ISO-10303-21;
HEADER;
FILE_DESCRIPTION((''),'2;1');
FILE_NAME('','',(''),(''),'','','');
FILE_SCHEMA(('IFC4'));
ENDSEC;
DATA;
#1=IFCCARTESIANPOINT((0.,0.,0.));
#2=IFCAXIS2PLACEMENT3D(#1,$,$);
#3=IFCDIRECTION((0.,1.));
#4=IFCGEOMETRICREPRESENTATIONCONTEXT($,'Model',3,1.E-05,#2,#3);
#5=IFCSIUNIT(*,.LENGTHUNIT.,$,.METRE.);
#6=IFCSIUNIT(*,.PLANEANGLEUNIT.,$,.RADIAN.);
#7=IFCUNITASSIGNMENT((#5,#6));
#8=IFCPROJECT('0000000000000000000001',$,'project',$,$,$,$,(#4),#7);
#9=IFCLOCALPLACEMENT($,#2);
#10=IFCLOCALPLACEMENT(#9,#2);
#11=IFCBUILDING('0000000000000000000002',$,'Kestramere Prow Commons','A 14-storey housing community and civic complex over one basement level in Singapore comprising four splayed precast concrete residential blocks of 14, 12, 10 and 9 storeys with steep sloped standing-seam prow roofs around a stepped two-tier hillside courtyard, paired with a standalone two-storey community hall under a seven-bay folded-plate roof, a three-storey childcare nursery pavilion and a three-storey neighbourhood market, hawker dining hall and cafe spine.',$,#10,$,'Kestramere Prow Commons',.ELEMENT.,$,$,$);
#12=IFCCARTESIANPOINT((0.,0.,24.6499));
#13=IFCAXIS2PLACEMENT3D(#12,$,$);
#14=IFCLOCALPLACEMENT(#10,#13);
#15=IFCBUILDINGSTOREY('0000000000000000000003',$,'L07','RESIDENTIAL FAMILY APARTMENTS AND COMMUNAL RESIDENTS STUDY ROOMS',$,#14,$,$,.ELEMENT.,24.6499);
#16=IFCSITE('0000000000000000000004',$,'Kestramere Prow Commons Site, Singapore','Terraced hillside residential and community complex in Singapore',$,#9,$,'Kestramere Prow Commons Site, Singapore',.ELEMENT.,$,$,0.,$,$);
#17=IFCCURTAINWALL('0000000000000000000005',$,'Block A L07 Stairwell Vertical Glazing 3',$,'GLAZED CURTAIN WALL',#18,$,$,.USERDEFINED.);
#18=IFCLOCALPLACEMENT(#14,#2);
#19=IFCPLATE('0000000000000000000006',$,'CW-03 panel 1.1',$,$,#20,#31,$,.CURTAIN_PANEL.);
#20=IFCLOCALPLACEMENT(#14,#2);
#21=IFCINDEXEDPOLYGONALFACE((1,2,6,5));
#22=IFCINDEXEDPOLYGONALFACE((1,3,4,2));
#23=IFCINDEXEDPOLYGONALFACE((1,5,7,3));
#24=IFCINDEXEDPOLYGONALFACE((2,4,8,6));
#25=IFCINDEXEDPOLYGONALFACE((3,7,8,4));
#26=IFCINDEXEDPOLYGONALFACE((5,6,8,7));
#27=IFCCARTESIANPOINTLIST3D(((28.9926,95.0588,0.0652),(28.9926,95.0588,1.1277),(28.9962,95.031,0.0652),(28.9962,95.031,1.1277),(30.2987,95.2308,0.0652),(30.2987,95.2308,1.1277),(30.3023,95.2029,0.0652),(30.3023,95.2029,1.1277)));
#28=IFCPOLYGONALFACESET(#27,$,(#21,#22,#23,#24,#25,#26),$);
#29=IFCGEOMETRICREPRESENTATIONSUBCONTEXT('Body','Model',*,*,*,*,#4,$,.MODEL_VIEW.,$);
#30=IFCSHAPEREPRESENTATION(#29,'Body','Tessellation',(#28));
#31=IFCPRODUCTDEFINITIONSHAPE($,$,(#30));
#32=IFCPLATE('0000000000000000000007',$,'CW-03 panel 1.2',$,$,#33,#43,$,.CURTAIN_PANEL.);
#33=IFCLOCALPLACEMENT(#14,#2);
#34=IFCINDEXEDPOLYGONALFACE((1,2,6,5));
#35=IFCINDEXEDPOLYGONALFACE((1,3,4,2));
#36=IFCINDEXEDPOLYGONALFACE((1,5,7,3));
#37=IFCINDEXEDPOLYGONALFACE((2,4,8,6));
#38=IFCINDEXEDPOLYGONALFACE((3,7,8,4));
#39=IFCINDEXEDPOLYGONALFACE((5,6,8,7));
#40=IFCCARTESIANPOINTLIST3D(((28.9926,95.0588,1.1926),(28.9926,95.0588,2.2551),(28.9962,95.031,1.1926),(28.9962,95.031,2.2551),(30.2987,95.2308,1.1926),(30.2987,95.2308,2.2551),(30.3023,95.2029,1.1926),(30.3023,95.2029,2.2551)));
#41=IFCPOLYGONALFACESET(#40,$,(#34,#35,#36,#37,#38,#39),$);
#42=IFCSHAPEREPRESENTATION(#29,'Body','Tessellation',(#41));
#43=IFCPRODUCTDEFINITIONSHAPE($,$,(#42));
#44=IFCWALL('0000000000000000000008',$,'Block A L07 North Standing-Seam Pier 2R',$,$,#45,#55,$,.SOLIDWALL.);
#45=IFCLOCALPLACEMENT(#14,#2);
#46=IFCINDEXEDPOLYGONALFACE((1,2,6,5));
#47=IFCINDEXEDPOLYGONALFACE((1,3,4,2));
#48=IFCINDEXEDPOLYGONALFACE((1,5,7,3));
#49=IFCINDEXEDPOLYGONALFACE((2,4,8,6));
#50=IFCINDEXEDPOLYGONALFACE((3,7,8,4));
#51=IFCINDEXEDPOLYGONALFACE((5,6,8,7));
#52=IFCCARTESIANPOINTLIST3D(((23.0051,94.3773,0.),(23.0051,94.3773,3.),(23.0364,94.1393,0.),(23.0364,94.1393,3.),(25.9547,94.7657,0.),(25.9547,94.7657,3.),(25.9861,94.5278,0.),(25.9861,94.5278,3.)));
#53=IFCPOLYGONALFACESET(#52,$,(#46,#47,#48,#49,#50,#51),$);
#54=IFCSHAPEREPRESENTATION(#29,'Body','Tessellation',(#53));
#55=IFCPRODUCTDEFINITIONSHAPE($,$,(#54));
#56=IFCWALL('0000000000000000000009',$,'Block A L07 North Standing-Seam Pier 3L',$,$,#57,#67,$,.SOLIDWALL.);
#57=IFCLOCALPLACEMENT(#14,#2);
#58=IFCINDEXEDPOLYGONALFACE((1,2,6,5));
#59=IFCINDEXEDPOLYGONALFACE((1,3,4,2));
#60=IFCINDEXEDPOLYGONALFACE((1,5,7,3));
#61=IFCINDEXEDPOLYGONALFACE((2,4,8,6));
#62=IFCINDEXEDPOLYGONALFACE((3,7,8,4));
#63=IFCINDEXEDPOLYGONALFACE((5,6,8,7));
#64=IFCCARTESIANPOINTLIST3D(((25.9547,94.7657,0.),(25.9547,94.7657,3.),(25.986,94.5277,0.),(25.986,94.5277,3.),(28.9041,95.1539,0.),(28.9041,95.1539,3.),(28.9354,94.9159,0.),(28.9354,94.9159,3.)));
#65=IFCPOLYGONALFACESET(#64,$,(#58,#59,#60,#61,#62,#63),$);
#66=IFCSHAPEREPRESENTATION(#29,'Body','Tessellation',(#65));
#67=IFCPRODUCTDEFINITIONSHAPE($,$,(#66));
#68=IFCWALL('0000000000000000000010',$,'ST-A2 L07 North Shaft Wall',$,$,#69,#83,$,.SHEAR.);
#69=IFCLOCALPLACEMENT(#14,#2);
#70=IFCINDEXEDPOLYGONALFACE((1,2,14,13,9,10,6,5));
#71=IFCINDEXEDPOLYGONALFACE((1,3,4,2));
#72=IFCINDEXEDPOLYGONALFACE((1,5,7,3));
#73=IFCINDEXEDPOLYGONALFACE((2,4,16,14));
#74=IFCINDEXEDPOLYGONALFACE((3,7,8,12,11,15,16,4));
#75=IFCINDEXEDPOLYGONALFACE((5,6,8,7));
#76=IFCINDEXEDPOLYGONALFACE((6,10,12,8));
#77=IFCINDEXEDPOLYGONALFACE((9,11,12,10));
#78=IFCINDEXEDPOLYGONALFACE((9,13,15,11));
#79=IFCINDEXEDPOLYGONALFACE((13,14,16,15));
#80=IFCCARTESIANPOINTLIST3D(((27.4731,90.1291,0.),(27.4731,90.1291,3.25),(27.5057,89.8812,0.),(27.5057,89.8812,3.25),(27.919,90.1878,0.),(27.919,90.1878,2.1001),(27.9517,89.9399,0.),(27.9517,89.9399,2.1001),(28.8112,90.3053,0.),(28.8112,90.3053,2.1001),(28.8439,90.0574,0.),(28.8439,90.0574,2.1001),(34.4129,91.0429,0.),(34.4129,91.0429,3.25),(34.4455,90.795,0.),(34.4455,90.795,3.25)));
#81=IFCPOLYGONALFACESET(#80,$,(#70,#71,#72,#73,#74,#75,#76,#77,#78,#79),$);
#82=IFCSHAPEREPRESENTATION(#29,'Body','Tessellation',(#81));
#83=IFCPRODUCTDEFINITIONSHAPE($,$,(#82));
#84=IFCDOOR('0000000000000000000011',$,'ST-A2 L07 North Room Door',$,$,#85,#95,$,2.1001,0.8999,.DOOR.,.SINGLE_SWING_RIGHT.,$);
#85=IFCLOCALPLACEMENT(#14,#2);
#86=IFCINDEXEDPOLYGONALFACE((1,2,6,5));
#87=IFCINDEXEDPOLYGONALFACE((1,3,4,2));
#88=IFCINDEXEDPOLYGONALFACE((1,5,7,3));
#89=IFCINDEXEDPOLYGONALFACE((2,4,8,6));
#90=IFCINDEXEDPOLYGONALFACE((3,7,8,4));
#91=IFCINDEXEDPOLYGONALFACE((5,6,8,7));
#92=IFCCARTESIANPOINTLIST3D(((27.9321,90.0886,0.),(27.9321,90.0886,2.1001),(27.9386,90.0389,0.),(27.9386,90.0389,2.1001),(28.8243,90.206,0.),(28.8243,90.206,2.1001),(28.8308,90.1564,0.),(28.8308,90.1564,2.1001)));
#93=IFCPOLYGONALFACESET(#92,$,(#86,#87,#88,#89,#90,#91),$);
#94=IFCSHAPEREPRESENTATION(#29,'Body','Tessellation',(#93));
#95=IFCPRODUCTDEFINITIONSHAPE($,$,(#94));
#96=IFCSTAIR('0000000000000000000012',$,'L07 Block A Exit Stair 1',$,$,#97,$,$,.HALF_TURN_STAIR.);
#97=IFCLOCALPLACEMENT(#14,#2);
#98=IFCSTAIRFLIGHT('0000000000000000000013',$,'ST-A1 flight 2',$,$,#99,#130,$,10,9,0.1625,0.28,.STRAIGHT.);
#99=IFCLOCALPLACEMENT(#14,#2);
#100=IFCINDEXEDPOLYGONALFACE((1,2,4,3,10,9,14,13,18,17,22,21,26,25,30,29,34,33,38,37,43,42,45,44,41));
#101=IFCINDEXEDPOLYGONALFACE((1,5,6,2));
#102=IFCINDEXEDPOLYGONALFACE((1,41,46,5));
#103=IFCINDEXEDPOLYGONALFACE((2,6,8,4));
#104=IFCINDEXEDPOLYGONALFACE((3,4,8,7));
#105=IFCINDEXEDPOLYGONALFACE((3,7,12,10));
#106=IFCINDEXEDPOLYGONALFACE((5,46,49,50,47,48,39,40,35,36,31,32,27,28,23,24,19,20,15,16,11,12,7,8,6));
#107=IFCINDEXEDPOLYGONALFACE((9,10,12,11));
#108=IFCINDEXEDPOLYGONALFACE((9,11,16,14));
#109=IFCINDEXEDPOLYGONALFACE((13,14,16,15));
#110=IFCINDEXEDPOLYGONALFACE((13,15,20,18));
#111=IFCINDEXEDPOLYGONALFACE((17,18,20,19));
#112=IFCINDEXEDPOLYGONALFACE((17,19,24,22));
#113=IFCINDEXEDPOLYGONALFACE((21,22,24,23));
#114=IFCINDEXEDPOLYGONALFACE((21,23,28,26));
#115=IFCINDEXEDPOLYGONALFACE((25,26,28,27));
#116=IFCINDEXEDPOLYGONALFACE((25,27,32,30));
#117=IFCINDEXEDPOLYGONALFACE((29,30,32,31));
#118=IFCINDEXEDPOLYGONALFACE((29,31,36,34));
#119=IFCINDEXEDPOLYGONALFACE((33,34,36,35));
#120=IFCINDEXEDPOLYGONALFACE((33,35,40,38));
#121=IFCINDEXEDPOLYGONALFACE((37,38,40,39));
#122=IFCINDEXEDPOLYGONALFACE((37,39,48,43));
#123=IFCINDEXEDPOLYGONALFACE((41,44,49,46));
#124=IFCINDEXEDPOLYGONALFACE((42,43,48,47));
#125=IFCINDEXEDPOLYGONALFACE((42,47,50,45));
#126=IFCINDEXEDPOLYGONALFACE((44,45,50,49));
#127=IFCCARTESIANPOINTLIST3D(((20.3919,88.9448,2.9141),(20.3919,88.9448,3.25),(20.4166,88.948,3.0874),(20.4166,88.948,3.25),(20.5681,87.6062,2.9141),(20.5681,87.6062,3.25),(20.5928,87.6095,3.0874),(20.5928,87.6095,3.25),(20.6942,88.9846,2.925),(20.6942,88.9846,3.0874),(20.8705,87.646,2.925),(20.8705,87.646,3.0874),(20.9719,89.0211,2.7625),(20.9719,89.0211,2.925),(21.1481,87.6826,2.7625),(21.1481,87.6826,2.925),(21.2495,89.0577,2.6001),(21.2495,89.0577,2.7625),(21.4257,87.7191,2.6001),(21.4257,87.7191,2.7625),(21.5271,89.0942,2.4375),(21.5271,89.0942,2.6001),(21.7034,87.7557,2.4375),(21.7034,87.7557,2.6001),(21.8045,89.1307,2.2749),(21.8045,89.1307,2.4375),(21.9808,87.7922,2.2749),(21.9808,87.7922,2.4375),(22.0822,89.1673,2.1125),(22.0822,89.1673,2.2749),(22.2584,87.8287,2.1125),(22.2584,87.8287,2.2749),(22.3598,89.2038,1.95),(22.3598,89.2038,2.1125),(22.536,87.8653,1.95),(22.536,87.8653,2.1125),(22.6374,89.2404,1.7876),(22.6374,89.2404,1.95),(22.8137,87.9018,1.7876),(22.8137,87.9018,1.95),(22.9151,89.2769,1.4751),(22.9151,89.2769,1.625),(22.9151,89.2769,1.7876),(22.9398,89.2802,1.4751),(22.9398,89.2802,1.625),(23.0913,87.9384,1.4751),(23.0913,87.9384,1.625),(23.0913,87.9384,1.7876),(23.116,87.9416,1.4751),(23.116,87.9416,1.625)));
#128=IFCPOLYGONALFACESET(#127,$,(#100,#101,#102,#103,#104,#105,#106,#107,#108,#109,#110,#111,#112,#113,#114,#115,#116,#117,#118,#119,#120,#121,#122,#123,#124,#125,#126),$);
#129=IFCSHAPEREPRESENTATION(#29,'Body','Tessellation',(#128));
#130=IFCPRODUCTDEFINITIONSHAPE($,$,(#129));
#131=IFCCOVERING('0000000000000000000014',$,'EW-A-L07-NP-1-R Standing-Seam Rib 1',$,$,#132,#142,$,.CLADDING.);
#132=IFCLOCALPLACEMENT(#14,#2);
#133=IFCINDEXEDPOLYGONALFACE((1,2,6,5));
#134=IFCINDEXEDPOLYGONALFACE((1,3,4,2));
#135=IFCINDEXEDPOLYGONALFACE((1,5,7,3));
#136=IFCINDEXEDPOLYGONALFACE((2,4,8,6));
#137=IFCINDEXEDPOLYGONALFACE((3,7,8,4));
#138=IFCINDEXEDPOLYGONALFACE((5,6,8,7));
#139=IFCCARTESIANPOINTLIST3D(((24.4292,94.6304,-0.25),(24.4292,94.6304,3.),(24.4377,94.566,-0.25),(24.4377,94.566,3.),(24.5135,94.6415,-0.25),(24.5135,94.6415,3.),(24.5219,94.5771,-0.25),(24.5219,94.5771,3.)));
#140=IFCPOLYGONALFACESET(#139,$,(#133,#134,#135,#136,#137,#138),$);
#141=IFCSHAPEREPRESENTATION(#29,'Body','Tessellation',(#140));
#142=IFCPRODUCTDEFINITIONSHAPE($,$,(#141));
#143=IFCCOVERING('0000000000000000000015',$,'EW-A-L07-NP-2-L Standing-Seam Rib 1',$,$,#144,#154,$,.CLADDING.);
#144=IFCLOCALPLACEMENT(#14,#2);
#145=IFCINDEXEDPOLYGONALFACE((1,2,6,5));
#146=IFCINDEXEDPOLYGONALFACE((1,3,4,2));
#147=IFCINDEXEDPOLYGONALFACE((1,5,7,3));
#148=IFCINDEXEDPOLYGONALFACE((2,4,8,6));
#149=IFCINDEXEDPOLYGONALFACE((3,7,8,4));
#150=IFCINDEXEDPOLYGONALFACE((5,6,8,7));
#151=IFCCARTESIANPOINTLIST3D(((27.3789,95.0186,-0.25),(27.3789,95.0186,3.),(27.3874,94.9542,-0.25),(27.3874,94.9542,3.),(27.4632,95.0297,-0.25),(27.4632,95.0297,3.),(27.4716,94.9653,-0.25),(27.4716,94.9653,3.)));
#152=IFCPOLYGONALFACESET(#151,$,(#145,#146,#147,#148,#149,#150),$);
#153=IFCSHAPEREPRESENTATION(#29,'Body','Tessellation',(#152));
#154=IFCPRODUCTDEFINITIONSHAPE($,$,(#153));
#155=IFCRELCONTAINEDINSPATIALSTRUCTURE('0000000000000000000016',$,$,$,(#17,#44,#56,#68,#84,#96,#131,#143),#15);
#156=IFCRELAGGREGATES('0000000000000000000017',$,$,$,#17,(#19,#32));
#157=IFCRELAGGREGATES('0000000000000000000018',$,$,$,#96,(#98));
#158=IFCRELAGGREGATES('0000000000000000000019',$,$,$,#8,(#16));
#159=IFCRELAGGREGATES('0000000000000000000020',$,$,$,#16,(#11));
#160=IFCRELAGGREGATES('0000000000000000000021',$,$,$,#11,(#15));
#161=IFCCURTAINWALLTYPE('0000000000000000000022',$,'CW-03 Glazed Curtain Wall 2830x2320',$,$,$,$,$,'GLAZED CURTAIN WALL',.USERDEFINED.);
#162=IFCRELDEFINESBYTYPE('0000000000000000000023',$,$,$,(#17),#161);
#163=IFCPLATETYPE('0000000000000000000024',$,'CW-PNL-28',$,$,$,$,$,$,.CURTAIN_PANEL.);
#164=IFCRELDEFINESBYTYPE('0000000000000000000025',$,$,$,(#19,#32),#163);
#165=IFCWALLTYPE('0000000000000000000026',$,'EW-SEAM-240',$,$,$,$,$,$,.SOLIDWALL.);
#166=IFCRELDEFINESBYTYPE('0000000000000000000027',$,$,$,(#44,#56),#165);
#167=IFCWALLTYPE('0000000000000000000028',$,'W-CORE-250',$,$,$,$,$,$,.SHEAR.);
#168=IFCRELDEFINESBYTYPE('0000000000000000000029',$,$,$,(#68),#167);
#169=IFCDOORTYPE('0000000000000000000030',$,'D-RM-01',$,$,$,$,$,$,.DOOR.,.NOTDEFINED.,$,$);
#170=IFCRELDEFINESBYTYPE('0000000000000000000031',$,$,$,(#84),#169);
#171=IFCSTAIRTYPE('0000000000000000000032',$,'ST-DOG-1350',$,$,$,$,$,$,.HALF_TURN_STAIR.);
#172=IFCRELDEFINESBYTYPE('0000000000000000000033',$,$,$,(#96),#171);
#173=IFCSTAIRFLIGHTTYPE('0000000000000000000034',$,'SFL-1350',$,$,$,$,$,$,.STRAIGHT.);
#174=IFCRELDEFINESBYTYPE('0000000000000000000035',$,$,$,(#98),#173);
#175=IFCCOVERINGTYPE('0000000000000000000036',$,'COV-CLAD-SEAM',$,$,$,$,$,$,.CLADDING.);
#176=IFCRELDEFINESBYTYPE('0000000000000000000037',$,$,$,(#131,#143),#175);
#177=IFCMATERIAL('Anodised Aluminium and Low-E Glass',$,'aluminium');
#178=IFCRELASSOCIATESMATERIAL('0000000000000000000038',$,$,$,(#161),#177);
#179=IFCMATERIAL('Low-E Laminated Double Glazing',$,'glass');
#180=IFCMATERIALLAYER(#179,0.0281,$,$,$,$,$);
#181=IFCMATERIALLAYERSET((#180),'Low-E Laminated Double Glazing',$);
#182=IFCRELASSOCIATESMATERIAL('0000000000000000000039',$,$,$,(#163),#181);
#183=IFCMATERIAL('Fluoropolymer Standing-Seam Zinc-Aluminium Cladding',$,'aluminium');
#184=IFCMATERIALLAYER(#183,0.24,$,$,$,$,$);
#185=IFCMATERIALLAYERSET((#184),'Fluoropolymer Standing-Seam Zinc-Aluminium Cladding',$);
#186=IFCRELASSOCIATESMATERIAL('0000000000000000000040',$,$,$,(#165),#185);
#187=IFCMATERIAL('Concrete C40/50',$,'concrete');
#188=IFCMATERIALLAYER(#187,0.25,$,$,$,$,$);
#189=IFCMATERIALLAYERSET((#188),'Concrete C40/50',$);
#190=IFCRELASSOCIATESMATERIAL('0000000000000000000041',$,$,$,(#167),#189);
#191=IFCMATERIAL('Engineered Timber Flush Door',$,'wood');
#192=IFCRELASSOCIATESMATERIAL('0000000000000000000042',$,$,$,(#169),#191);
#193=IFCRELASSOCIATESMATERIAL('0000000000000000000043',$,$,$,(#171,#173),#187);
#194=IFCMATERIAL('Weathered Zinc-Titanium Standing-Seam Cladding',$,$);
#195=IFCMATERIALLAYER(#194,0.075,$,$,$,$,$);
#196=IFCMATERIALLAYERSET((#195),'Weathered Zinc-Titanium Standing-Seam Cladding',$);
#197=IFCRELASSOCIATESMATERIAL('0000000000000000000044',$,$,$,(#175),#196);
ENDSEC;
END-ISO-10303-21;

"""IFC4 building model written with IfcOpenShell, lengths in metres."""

from ifc_helpers import new_model, si_unit, direction, frame, frame_2d, origin, origin_2d, place, context, subcontext, project, spatial, polyline, rectangle, outline, extrude, material, layer, layer_set, type_object, element, fill, aggregate, save


model = new_model("IFC4")

# Units and contexts
model_context = context("Model", 3, precision=1e-05, world=origin(), true_north=direction((0.0, 1.0)))
body_context = subcontext(model_context, "Body", "Model", "MODEL_VIEW")
ifc_project = project(units=[si_unit("LENGTHUNIT", "METRE"), si_unit("PLANEANGLEUNIT", "RADIAN")], contexts=[model_context])

# Site, building, storey
site_placement = place(None, origin())
site = spatial("IfcSite", under=ifc_project, at=site_placement, Name="Kestramere Prow Commons Site, Singapore", Description="Terraced hillside residential and community complex in Singapore", LongName="Kestramere Prow Commons Site, Singapore", CompositionType="ELEMENT", RefElevation=0.0)
building_placement = place(site_placement, origin())
building = spatial("IfcBuilding", under=site, at=building_placement, Name="Kestramere Prow Commons", Description="A 14-storey housing community and civic complex over one basement level in Singapore comprising four splayed precast concrete residential blocks of 14, 12, 10 and 9 storeys with steep sloped standing-seam prow roofs around a stepped two-tier hillside courtyard, paired with a standalone two-storey community hall under a seven-bay folded-plate roof, a three-storey childcare nursery pavilion and a three-storey neighbourhood market, hawker dining hall and cafe spine.", LongName="Kestramere Prow Commons", CompositionType="ELEMENT")
storey_placement = place(building_placement, frame((0.0, 0.0, 24.6499)))
storey = spatial("IfcBuildingStorey", under=building, at=storey_placement, Name="L07", Description="RESIDENTIAL FAMILY APARTMENTS AND COMMUNAL RESIDENTS STUDY ROOMS", CompositionType="ELEMENT", Elevation=24.6499)

# Curtain wall
ifc_material_1 = material(Name="Anodised Aluminium and Low-E Glass", Category="aluminium")
curtain_wall_type = type_object("IfcCurtainWallType", Name="CW-03 Glazed Curtain Wall 2830x2320", ElementType="GLAZED CURTAIN WALL", PredefinedType="USERDEFINED", material=ifc_material_1)
curtain_wall_1_placement = place(storey_placement, origin())
curtain_wall_1 = element("IfcCurtainWall", 1, at=curtain_wall_1_placement, inside=storey, type_object=curtain_wall_type, Name="Block A L07 Stairwell Vertical Glazing 3", ObjectType="GLAZED CURTAIN WALL", PredefinedType="USERDEFINED")

# Plates
ifc_material_2 = material(Name="Low-E Laminated Double Glazing", Category="glass")
ifc_layer_1 = layer(ifc_material_2, 0.0281)
ifc_layer_set_1 = layer_set([ifc_layer_1], Name="Low-E Laminated Double Glazing")
plate_type = type_object("IfcPlateType", Name="CW-PNL-28", PredefinedType="CURTAIN_PANEL", material=ifc_layer_set_1)
plate_1_placement = place(storey_placement, frame((29.6475, 95.1309, 0.0652), z_axis=(0.0, 0.0, 1.0), x_axis=(0.991445, 0.130526, 0.0)))
plate_1 = element("IfcPlate", 2, at=plate_1_placement, type_object=plate_type, Name="CW-03 panel 1.1", PredefinedType="CURTAIN_PANEL", context=body_context, shape_type="SweptSolid", body=[
    extrude(rectangle(XDim=1.3174, YDim=0.0281, at=origin_2d()), origin(), (0.0, 0.0, 1.0), 1.0625),
])
plate_2_placement = place(storey_placement, frame((29.6475, 95.1309, 1.1926), z_axis=(0.0, 0.0, 1.0), x_axis=(0.991445, 0.130526, 0.0)))
plate_2 = element("IfcPlate", 3, at=plate_2_placement, type_object=plate_type, Name="CW-03 panel 1.2", PredefinedType="CURTAIN_PANEL", context=body_context, shape_type="SweptSolid", body=[
    extrude(rectangle(XDim=1.3174, YDim=0.0281, at=origin_2d()), origin(), (0.0, 0.0, 1.0), 1.0625),
])
aggregate(curtain_wall_1, [plate_1, plate_2])

# Walls
ifc_material_3 = material(Name="Fluoropolymer Standing-Seam Zinc-Aluminium Cladding", Category="aluminium")
ifc_layer_2 = layer(ifc_material_3, 0.24)
ifc_layer_set_2 = layer_set([ifc_layer_2], Name="Fluoropolymer Standing-Seam Zinc-Aluminium Cladding")
wall_type_1 = type_object("IfcWallType", Name="EW-SEAM-240", PredefinedType="SOLIDWALL", material=ifc_layer_set_2)
wall_1_placement = place(storey_placement, frame((23.0208, 94.2583, 0.0), z_axis=(0.0, 0.0, 1.0), x_axis=(0.991441, 0.130556, 0.0)))
element("IfcWall", 4, at=wall_1_placement, inside=storey, type_object=wall_type_1, Name="Block A L07 North Standing-Seam Pier 2R", PredefinedType="SOLIDWALL", context=body_context, shape_type="SweptSolid", body=[
    extrude(rectangle(XDim=2.9751, YDim=0.24, at=frame_2d((1.4875, 0.0))), origin(), (0.0, 0.0, 1.0), 3.0),
])
wall_2_placement = place(storey_placement, frame((25.9705, 94.6467, 0.0), z_axis=(0.0, 0.0, 1.0), x_axis=(0.99145, 0.130486, 0.0)))
element("IfcWall", 5, at=wall_2_placement, inside=storey, type_object=wall_type_1, Name="Block A L07 North Standing-Seam Pier 3L", PredefinedType="SOLIDWALL", context=body_context, shape_type="SweptSolid", body=[
    extrude(rectangle(XDim=2.9749, YDim=0.24, at=frame_2d((1.4873, 0.0))), origin(), (0.0, 0.0, 1.0), 3.0),
])

# Wall, opening, door
ifc_material_4 = material(Name="Concrete C40/50", Category="concrete")
ifc_layer_3 = layer(ifc_material_4, 0.25)
ifc_layer_set_3 = layer_set([ifc_layer_3], Name="Concrete C40/50")
wall_type_2 = type_object("IfcWallType", Name="W-CORE-250", PredefinedType="SHEAR", material=ifc_layer_set_3)
wall_3_placement = place(storey_placement, frame((27.4893, 90.0051, 0.0), z_axis=(0.0, 0.0, 1.0), x_axis=(0.991442, 0.130548, 0.0)))
wall_3 = element("IfcWall", 6, at=wall_3_placement, inside=storey, type_object=wall_type_2, Name="ST-A2 L07 North Shaft Wall", PredefinedType="SHEAR", context=body_context, shape_type="SweptSolid", body=[
    extrude(rectangle(XDim=6.9998, YDim=0.25, at=frame_2d((3.5, 0.0))), origin(), (0.0, 0.0, 1.0), 3.25),
])
opening_placement = place(wall_3_placement, frame((0.45, 0.0, 0.0)))
opening = element("IfcOpeningElement", 7, at=opening_placement, cuts=wall_3, PredefinedType="OPENING", context=body_context, shape_type="SweptSolid", body=[
    extrude(rectangle(XDim=0.8999, YDim=2.1001, at=frame_2d((0.45, 1.05))), frame((0.0, 0.1399, 0.0), z_axis=(0.0, -1.0, 0.0), x_axis=(1.0, 0.0, 0.0)), (0.0, 0.0, 1.0), 0.28),
])
ifc_material_5 = material(Name="Engineered Timber Flush Door", Category="wood")
door_type = type_object("IfcDoorType", Name="D-RM-01", OperationType="NOTDEFINED", PredefinedType="DOOR", material=ifc_material_5)
door_placement = place(opening_placement, origin())
door = element("IfcDoor", 8, at=door_placement, inside=storey, type_object=door_type, Name="ST-A2 L07 North Room Door", OperationType="SINGLE_SWING_RIGHT", OverallHeight=2.1001, OverallWidth=0.8999, PredefinedType="DOOR", context=body_context, shape_type="SweptSolid", body=[
    extrude(rectangle(XDim=0.8999, YDim=2.1001, at=frame_2d((0.45, 1.05))), frame((0.0, 0.0249, 0.0), z_axis=(0.0, -1.0, 0.0), x_axis=(1.0, 0.0, 0.0)), (0.0, 0.0, 1.0), 0.05),
])
fill(opening, door)

# Stair, stair flight
stair_type = type_object("IfcStairType", Name="ST-DOG-1350", PredefinedType="HALF_TURN_STAIR", material=ifc_material_4)
stair_placement = place(storey_placement, origin())
stair = element("IfcStair", 9, at=stair_placement, inside=storey, type_object=stair_type, Name="L07 Block A Exit Stair 1", PredefinedType="HALF_TURN_STAIR")
stair_flight_type = type_object("IfcStairFlightType", Name="SFL-1350", PredefinedType="STRAIGHT", material=ifc_material_4)
stair_flight_placement = place(storey_placement, frame((23.0032, 88.6077, 1.625), z_axis=(0.0, 0.0, 1.0), x_axis=(-0.991445, -0.130526, 0.0)))
stair_flight = element("IfcStairFlight", 10, at=stair_flight_placement, type_object=stair_flight_type, Name="ST-A1 flight 2", NumberOfRisers=10, NumberOfTreads=9, PredefinedType="STRAIGHT", RiserHeight=0.1625, TreadLength=0.28, context=body_context, shape_type="SweptSolid", body=[
    extrude(outline(polyline([(-0.0249, 0.0), (0.0, 0.0), (0.0, 0.1626), (0.28, 0.1626), (0.28, 0.325), (0.5601, 0.325), (0.5601, 0.4875), (0.8401, 0.4875), (0.8401, 0.6499), (1.1201, 0.6499), (1.1201, 0.8125), (1.3999, 0.8125), (1.3999, 0.9751), (1.6799, 0.9751), (1.6799, 1.1375), (1.96, 1.1375), (1.96, 1.3), (2.24, 1.3), (2.24, 1.4624), (2.52, 1.4624), (2.52, 1.625), (2.5449, 1.625), (2.5449, 1.2891), (0.0, -0.1499), (-0.0249, -0.1499), (-0.0249, 0.0)])), frame((0.0, 0.675, 0.0), z_axis=(0.0, -1.0, 0.0), x_axis=(1.0, 0.0, 0.0)), (0.0, 0.0, 1.0), 1.3501),
])
aggregate(stair, [stair_flight])

# Coverings
ifc_material_6 = material(Name="Weathered Zinc-Titanium Standing-Seam Cladding")
ifc_layer_4 = layer(ifc_material_6, 0.075)
ifc_layer_set_4 = layer_set([ifc_layer_4], Name="Weathered Zinc-Titanium Standing-Seam Cladding")
covering_type = type_object("IfcCoveringType", Name="COV-CLAD-SEAM", PredefinedType="CLADDING", material=ifc_layer_set_4)
for number, where, z_axis, x_axis, name in (
    (11, (24.4756, 94.6038, -0.25), (0.0, 0.0, 1.0), (0.991445, 0.130526, 0.0), "EW-A-L07-NP-1-R Standing-Seam Rib 1"),
    (12, (27.4253, 94.9919, -0.25), (0.0, 0.0, 1.0), (0.991445, 0.130526, 0.0), "EW-A-L07-NP-2-L Standing-Seam Rib 1"),
):
    element("IfcCovering", number, at=place(storey_placement, frame(where, z_axis=z_axis, x_axis=x_axis)), inside=storey, type_object=covering_type, Name=name, PredefinedType="CLADDING", context=body_context, shape_type="SweptSolid", body=[
        extrude(rectangle(XDim=0.085, YDim=0.0649, at=origin_2d()), origin(), (0.0, 0.0, 1.0), 3.25),
    ])

save(model, "model.ifc")
